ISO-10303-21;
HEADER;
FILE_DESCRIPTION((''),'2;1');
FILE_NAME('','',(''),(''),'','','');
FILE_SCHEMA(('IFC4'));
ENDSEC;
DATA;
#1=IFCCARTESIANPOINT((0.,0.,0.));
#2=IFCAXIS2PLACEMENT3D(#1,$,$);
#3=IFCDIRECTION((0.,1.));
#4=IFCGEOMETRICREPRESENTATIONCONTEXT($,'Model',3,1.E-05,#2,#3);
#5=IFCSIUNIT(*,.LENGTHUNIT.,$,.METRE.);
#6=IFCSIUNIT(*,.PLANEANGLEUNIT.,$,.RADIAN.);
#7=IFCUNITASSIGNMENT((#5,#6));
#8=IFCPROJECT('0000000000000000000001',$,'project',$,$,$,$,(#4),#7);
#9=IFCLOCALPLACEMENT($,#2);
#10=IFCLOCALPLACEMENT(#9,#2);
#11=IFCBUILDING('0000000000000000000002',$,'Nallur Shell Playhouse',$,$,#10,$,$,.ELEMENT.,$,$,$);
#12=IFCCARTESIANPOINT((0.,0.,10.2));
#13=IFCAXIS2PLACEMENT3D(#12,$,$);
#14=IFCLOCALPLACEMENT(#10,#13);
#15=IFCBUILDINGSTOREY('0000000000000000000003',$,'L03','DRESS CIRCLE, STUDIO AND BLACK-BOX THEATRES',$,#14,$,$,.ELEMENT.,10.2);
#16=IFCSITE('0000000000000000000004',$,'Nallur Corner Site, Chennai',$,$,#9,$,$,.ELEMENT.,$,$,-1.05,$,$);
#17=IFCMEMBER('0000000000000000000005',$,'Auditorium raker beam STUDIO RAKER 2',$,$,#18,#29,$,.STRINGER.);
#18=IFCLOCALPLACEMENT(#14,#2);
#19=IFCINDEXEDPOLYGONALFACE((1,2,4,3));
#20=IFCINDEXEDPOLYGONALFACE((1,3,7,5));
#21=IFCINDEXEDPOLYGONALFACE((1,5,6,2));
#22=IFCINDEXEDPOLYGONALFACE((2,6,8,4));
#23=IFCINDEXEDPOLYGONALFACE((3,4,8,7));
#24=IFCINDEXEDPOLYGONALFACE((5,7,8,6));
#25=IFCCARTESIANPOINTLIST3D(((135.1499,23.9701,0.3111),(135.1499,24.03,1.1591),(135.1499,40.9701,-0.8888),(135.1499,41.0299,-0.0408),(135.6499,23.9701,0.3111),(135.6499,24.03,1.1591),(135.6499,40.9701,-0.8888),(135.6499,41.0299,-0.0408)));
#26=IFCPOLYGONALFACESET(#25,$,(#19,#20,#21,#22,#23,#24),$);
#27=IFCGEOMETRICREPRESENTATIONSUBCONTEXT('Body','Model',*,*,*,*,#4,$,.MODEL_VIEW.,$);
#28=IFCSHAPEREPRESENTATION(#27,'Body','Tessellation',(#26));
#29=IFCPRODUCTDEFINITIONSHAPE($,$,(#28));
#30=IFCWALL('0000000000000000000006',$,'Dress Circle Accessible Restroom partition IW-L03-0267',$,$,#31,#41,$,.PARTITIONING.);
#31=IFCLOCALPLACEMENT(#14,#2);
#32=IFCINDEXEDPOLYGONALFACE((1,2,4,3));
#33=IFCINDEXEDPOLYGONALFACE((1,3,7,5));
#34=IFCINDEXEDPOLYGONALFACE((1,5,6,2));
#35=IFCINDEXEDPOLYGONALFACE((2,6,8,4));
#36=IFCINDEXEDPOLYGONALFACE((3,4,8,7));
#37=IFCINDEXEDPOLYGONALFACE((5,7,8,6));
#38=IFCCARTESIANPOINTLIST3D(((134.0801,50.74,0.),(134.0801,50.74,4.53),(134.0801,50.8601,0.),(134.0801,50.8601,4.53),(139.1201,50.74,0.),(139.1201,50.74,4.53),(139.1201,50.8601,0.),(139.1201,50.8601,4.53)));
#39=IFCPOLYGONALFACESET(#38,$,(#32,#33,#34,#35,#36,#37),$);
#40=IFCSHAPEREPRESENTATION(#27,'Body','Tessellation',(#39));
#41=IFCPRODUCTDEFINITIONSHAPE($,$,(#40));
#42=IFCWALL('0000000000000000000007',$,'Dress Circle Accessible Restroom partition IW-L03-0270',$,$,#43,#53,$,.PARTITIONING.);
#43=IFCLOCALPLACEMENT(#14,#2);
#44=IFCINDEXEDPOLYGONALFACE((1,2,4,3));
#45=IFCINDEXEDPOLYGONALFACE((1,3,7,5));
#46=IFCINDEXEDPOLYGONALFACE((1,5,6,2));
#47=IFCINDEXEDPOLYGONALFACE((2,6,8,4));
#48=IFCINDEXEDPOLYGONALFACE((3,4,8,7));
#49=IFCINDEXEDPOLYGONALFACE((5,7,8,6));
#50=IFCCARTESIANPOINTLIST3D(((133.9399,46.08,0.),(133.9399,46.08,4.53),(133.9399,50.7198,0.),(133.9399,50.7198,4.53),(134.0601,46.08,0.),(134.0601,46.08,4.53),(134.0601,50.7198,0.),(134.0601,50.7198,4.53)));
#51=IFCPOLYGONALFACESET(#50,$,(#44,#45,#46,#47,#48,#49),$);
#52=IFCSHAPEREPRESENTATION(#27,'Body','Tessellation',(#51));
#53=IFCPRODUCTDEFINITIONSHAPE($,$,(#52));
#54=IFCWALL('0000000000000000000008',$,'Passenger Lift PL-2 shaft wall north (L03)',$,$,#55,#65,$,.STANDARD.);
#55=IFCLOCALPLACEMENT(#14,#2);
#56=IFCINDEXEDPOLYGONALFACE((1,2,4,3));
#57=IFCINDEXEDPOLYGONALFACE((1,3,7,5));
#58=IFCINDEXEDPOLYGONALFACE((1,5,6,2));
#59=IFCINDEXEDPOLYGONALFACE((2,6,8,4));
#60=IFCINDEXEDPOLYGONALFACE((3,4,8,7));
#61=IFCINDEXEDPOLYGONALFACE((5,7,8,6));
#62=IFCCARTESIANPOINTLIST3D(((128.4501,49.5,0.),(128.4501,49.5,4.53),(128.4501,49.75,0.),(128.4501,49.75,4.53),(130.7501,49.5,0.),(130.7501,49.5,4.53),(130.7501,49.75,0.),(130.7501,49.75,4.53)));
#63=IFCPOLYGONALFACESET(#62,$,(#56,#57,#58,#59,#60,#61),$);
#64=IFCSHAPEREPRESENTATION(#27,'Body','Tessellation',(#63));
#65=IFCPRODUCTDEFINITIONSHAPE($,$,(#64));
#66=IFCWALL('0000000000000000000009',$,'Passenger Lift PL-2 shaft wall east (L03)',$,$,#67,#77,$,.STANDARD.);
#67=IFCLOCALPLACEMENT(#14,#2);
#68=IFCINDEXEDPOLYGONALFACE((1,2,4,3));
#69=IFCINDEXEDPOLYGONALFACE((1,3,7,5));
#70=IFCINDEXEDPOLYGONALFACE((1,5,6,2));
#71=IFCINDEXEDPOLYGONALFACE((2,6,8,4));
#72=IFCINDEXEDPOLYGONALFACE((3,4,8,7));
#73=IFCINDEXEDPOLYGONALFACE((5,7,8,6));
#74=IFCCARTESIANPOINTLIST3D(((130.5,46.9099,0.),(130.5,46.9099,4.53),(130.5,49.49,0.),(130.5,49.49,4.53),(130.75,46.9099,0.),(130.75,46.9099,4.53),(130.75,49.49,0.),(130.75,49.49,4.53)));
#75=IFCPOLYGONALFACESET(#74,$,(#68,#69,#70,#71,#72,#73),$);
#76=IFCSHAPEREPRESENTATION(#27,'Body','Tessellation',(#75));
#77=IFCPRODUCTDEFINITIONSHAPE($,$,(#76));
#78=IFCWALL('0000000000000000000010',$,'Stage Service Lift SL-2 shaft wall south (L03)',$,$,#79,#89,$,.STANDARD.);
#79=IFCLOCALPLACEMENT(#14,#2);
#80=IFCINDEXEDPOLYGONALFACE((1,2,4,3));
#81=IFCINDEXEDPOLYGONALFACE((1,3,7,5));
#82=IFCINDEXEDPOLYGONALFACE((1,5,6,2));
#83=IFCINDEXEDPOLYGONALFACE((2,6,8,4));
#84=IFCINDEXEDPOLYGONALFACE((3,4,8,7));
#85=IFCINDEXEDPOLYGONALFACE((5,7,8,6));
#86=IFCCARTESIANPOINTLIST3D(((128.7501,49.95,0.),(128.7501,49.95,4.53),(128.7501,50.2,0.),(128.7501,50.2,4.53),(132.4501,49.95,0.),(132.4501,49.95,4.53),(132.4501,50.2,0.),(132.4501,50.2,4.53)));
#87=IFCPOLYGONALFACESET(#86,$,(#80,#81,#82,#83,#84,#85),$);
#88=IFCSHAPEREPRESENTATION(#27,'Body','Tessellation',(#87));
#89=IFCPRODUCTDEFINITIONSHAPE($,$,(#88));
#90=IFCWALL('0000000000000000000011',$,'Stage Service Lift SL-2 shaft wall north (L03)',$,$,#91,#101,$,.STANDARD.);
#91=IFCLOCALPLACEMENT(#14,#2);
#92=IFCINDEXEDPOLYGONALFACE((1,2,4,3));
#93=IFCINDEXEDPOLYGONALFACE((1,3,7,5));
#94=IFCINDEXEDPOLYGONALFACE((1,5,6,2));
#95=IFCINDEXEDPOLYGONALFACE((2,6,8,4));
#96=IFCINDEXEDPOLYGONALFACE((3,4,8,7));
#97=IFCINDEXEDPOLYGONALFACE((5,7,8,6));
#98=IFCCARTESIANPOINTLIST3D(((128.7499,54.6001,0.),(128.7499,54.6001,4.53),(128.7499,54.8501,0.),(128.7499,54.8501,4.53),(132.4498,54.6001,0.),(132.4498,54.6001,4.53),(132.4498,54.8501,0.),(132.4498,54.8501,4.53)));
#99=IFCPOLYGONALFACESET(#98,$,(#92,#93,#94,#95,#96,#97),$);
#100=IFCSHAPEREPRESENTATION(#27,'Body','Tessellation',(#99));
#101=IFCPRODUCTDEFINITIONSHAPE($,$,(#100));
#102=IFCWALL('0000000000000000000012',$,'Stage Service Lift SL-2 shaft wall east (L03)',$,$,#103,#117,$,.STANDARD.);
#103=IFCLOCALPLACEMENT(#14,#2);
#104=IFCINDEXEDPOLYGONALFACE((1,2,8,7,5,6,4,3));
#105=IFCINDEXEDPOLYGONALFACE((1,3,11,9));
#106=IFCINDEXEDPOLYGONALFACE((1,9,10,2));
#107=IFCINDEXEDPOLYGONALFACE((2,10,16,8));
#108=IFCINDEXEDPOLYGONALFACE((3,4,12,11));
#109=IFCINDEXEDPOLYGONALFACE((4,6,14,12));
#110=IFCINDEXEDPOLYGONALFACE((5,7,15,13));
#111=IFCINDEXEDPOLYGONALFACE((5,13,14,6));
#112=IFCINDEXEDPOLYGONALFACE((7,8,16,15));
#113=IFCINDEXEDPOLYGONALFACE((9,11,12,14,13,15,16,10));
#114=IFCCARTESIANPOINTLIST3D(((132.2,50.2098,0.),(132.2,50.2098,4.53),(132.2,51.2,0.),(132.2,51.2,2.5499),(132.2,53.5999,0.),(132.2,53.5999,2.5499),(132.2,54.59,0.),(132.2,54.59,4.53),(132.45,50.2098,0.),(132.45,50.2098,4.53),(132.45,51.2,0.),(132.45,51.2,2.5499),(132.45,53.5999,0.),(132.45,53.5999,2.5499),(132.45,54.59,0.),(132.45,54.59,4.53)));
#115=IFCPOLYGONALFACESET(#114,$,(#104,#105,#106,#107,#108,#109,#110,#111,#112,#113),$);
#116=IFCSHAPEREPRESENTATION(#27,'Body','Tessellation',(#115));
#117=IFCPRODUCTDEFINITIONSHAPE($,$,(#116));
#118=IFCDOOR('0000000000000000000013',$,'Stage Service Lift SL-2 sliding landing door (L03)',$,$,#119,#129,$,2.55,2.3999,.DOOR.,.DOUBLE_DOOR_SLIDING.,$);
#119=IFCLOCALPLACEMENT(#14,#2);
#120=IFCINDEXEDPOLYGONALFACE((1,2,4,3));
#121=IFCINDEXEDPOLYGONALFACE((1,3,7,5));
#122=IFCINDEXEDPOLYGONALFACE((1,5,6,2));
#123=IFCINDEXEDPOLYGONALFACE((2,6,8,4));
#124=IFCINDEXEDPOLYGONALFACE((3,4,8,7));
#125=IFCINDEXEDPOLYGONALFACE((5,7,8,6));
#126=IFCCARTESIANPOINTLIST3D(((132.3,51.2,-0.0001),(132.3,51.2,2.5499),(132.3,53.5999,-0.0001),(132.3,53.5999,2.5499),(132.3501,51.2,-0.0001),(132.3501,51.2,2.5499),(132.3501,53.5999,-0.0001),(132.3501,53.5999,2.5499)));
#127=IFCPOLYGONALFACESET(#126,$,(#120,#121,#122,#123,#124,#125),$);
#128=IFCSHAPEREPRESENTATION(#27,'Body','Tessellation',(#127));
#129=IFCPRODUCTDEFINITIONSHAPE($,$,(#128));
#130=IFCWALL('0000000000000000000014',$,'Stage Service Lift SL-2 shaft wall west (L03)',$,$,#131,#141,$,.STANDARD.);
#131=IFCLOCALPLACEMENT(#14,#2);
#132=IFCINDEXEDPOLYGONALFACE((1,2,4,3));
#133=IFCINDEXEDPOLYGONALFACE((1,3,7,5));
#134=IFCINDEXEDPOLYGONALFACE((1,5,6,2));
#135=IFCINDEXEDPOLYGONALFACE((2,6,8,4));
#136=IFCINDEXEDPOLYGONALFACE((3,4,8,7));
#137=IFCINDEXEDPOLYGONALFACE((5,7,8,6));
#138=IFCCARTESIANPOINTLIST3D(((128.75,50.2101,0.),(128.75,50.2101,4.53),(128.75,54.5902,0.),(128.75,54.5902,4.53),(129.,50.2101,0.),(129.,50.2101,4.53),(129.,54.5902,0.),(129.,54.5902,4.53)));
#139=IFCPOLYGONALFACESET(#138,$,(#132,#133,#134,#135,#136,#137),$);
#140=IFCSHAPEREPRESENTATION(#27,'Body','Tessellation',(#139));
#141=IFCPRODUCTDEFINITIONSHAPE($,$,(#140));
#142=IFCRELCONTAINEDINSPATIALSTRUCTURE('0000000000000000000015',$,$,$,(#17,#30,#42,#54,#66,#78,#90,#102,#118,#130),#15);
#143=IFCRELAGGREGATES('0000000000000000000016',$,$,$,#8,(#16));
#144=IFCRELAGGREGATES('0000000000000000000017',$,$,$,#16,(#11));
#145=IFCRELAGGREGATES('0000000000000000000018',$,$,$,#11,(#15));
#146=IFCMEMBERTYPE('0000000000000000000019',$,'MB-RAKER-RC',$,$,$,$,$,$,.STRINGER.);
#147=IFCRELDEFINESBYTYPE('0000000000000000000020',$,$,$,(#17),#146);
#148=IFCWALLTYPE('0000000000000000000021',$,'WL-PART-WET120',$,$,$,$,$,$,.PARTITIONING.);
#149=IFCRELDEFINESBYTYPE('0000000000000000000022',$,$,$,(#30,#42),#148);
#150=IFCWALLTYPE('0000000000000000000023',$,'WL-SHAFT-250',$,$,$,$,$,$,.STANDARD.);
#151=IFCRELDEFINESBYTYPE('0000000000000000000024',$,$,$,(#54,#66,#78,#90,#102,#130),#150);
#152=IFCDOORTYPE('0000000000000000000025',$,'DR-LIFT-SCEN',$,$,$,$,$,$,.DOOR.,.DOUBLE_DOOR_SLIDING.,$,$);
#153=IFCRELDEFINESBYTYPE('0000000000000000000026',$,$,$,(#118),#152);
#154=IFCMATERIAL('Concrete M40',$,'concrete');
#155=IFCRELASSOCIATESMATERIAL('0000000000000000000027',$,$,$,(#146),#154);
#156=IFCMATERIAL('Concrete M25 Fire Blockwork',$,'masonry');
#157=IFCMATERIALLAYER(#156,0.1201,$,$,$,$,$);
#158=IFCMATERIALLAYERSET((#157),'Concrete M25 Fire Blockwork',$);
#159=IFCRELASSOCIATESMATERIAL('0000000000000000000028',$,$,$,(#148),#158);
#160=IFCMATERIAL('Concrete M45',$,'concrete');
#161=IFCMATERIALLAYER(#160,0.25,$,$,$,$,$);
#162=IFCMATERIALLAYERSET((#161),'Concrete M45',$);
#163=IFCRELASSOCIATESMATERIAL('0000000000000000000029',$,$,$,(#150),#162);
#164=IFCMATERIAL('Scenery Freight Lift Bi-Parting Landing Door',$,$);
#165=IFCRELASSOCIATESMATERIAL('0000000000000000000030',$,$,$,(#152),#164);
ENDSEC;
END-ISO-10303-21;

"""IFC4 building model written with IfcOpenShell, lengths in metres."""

from ifc_helpers import new_model, si_unit, direction, frame, frame_2d, origin, origin_2d, place, context, subcontext, project, spatial, rectangle, extrude, material, layer, layer_set, material_profile, profile_set, type_object, element, fill, save


model = new_model("IFC4")

# Units and contexts
model_context = context("Model", 3, precision=1e-05, world=origin(), true_north=direction((0.0, 1.0)))
body_context = subcontext(model_context, "Body", "Model", "MODEL_VIEW")
ifc_project = project(units=[si_unit("LENGTHUNIT", "METRE"), si_unit("PLANEANGLEUNIT", "RADIAN")], contexts=[model_context])

# Site, building, storey
site_placement = place(None, origin())
site = spatial("IfcSite", under=ifc_project, at=site_placement, Name="Nallur Corner Site, Chennai", CompositionType="ELEMENT", RefElevation=-1.05)
building_placement = place(site_placement, origin())
building = spatial("IfcBuilding", under=site, at=building_placement, Name="Nallur Shell Playhouse", CompositionType="ELEMENT")
storey_placement = place(building_placement, frame((0.0, 0.0, 10.2)))
storey = spatial("IfcBuildingStorey", under=building, at=storey_placement, Name="L03", Description="DRESS CIRCLE, STUDIO AND BLACK-BOX THEATRES", CompositionType="ELEMENT", Elevation=10.2)

# Shared definitions
ifc_material_1 = material(Name="Concrete M40", Category="concrete")

# Member
ifc_material_profile_1 = material_profile(ifc_material_1, rectangle(XDim=0.5, YDim=0.8501, at=origin_2d()), Name="RC 500x850")
ifc_profile_set_1 = profile_set([ifc_material_profile_1], Name="Concrete M40")
member_type = type_object("IfcMemberType", Name="MB-RAKER-RC", PredefinedType="STRINGER", material=ifc_profile_set_1)
member_placement = place(storey_placement, frame((135.3999, 41.0, -0.4648), z_axis=(0.0, -0.997518, 0.07041), x_axis=(1.0, 0.0, 0.0)))
element("IfcMember", 1, at=member_placement, inside=storey, type_object=member_type, Name="Auditorium raker beam STUDIO RAKER 2", PredefinedType="STRINGER", context=body_context, shape_type="SweptSolid", body=[
    extrude(rectangle(XDim=0.5, YDim=0.8501, at=origin_2d()), origin(), (0.0, 0.0, 1.0), 17.0422),
])

# Walls
ifc_material_2 = material(Name="Concrete M25 Fire Blockwork", Category="masonry")
ifc_layer_1 = layer(ifc_material_2, 0.1201)
ifc_layer_set_1 = layer_set([ifc_layer_1], Name="Concrete M25 Fire Blockwork")
wall_type_1 = type_object("IfcWallType", Name="WL-PART-WET120", PredefinedType="PARTITIONING", material=ifc_layer_set_1)
wall_1_placement = place(storey_placement, frame((134.0801, 50.8, 0.0), z_axis=(0.0, 0.0, 1.0), x_axis=(1.0, 0.0, 0.0)))
element("IfcWall", 2, at=wall_1_placement, inside=storey, type_object=wall_type_1, Name="Dress Circle Accessible Restroom partition IW-L03-0267", PredefinedType="PARTITIONING", context=body_context, shape_type="SweptSolid", body=[
    extrude(rectangle(XDim=5.04, YDim=0.1201, at=frame_2d((2.52, 0.0))), origin(), (0.0, 0.0, 1.0), 4.53),
])
wall_2_placement = place(storey_placement, frame((134.0, 46.0801, 0.0), z_axis=(0.0, 0.0, 1.0), x_axis=(0.0, 1.0, 0.0)))
element("IfcWall", 3, at=wall_2_placement, inside=storey, type_object=wall_type_1, Name="Dress Circle Accessible Restroom partition IW-L03-0270", PredefinedType="PARTITIONING", context=body_context, shape_type="SweptSolid", body=[
    extrude(rectangle(XDim=4.6399, YDim=0.1201, at=frame_2d((2.3198, 0.0))), origin(), (0.0, 0.0, 1.0), 4.53),
])
ifc_material_3 = material(Name="Concrete M45", Category="concrete")
ifc_layer_2 = layer(ifc_material_3, 0.25)
ifc_layer_set_2 = layer_set([ifc_layer_2], Name="Concrete M45")
wall_type_2 = type_object("IfcWallType", Name="WL-SHAFT-250", PredefinedType="STANDARD", material=ifc_layer_set_2)
wall_3_placement = place(storey_placement, frame((130.75, 49.625, 0.0), z_axis=(0.0, 0.0, 1.0), x_axis=(-1.0, 0.0, 0.0)))
element("IfcWall", 4, at=wall_3_placement, inside=storey, type_object=wall_type_2, Name="Passenger Lift PL-2 shaft wall north (L03)", PredefinedType="STANDARD", context=body_context, shape_type="SweptSolid", body=[
    extrude(rectangle(XDim=2.3, YDim=0.25, at=frame_2d((1.1499, 0.0))), origin(), (0.0, 0.0, 1.0), 4.53),
])
wall_4_placement = place(storey_placement, frame((130.625, 46.9099, 0.0), z_axis=(0.0, 0.0, 1.0), x_axis=(0.0, 1.0, 0.0)))
element("IfcWall", 5, at=wall_4_placement, inside=storey, type_object=wall_type_2, Name="Passenger Lift PL-2 shaft wall east (L03)", PredefinedType="STANDARD", context=body_context, shape_type="SweptSolid", body=[
    extrude(rectangle(XDim=2.5801, YDim=0.25, at=frame_2d((1.29, 0.0))), origin(), (0.0, 0.0, 1.0), 4.53),
])
for number, where, z_axis, x_axis, name in (
    (6, (128.75, 50.075, 0.0), (0.0, 0.0, 1.0), (1.0, 0.0, 0.0), "Stage Service Lift SL-2 shaft wall south (L03)"),
    (7, (132.45, 54.7251, 0.0), (0.0, 0.0, 1.0), (-1.0, 0.0, 0.0), "Stage Service Lift SL-2 shaft wall north (L03)"),
):
    element("IfcWall", number, at=place(storey_placement, frame(where, z_axis=z_axis, x_axis=x_axis)), inside=storey, type_object=wall_type_2, Name=name, PredefinedType="STANDARD", context=body_context, shape_type="SweptSolid", body=[
        extrude(rectangle(XDim=3.7, YDim=0.25, at=frame_2d((1.8501, 0.0))), origin(), (0.0, 0.0, 1.0), 4.53),
    ])

# Wall, opening, door
wall_5_placement = place(storey_placement, frame((132.325, 50.21, 0.0), z_axis=(0.0, 0.0, 1.0), x_axis=(0.0, 1.0, 0.0)))
wall_5 = element("IfcWall", 8, at=wall_5_placement, inside=storey, type_object=wall_type_2, Name="Stage Service Lift SL-2 shaft wall east (L03)", PredefinedType="STANDARD", context=body_context, shape_type="SweptSolid", body=[
    extrude(rectangle(XDim=4.3801, YDim=0.25, at=frame_2d((2.1899, 0.0))), origin(), (0.0, 0.0, 1.0), 4.53),
])
opening_placement = place(wall_5_placement, frame((0.99, 0.0, 0.0)))
opening = element("IfcOpeningElement", 9, at=opening_placement, cuts=wall_5, PredefinedType="OPENING", context=body_context, shape_type="SweptSolid", body=[
    extrude(rectangle(XDim=2.3999, YDim=2.55, at=frame_2d((1.2, 1.2749))), frame((0.0, 0.135, 0.0), z_axis=(0.0, -1.0, 0.0), x_axis=(1.0, 0.0, 0.0)), (0.0, 0.0, 1.0), 0.27),
])
ifc_material_4 = material(Name="Scenery Freight Lift Bi-Parting Landing Door")
door_type = type_object("IfcDoorType", Name="DR-LIFT-SCEN", OperationType="DOUBLE_DOOR_SLIDING", PredefinedType="DOOR", material=ifc_material_4)
door_placement = place(opening_placement, origin())
door = element("IfcDoor", 10, at=door_placement, inside=storey, type_object=door_type, Name="Stage Service Lift SL-2 sliding landing door (L03)", OperationType="DOUBLE_DOOR_SLIDING", OverallHeight=2.55, OverallWidth=2.3999, PredefinedType="DOOR", context=body_context, shape_type="SweptSolid", body=[
    extrude(rectangle(XDim=2.3999, YDim=2.55, at=frame_2d((1.2, 1.2749))), frame((0.0, 0.0249, 0.0), z_axis=(0.0, -1.0, 0.0), x_axis=(1.0, 0.0, 0.0)), (0.0, 0.0, 1.0), 0.05),
])
fill(opening, door)

# Wall
wall_6_placement = place(storey_placement, frame((128.875, 54.5901, 0.0), z_axis=(0.0, 0.0, 1.0), x_axis=(0.0, -1.0, 0.0)))
element("IfcWall", 11, at=wall_6_placement, inside=storey, type_object=wall_type_2, Name="Stage Service Lift SL-2 shaft wall west (L03)", PredefinedType="STANDARD", context=body_context, shape_type="SweptSolid", body=[
    extrude(rectangle(XDim=4.3801, YDim=0.25, at=frame_2d((2.1899, 0.0))), origin(), (0.0, 0.0, 1.0), 4.53),
])

save(model, "model.ifc")
